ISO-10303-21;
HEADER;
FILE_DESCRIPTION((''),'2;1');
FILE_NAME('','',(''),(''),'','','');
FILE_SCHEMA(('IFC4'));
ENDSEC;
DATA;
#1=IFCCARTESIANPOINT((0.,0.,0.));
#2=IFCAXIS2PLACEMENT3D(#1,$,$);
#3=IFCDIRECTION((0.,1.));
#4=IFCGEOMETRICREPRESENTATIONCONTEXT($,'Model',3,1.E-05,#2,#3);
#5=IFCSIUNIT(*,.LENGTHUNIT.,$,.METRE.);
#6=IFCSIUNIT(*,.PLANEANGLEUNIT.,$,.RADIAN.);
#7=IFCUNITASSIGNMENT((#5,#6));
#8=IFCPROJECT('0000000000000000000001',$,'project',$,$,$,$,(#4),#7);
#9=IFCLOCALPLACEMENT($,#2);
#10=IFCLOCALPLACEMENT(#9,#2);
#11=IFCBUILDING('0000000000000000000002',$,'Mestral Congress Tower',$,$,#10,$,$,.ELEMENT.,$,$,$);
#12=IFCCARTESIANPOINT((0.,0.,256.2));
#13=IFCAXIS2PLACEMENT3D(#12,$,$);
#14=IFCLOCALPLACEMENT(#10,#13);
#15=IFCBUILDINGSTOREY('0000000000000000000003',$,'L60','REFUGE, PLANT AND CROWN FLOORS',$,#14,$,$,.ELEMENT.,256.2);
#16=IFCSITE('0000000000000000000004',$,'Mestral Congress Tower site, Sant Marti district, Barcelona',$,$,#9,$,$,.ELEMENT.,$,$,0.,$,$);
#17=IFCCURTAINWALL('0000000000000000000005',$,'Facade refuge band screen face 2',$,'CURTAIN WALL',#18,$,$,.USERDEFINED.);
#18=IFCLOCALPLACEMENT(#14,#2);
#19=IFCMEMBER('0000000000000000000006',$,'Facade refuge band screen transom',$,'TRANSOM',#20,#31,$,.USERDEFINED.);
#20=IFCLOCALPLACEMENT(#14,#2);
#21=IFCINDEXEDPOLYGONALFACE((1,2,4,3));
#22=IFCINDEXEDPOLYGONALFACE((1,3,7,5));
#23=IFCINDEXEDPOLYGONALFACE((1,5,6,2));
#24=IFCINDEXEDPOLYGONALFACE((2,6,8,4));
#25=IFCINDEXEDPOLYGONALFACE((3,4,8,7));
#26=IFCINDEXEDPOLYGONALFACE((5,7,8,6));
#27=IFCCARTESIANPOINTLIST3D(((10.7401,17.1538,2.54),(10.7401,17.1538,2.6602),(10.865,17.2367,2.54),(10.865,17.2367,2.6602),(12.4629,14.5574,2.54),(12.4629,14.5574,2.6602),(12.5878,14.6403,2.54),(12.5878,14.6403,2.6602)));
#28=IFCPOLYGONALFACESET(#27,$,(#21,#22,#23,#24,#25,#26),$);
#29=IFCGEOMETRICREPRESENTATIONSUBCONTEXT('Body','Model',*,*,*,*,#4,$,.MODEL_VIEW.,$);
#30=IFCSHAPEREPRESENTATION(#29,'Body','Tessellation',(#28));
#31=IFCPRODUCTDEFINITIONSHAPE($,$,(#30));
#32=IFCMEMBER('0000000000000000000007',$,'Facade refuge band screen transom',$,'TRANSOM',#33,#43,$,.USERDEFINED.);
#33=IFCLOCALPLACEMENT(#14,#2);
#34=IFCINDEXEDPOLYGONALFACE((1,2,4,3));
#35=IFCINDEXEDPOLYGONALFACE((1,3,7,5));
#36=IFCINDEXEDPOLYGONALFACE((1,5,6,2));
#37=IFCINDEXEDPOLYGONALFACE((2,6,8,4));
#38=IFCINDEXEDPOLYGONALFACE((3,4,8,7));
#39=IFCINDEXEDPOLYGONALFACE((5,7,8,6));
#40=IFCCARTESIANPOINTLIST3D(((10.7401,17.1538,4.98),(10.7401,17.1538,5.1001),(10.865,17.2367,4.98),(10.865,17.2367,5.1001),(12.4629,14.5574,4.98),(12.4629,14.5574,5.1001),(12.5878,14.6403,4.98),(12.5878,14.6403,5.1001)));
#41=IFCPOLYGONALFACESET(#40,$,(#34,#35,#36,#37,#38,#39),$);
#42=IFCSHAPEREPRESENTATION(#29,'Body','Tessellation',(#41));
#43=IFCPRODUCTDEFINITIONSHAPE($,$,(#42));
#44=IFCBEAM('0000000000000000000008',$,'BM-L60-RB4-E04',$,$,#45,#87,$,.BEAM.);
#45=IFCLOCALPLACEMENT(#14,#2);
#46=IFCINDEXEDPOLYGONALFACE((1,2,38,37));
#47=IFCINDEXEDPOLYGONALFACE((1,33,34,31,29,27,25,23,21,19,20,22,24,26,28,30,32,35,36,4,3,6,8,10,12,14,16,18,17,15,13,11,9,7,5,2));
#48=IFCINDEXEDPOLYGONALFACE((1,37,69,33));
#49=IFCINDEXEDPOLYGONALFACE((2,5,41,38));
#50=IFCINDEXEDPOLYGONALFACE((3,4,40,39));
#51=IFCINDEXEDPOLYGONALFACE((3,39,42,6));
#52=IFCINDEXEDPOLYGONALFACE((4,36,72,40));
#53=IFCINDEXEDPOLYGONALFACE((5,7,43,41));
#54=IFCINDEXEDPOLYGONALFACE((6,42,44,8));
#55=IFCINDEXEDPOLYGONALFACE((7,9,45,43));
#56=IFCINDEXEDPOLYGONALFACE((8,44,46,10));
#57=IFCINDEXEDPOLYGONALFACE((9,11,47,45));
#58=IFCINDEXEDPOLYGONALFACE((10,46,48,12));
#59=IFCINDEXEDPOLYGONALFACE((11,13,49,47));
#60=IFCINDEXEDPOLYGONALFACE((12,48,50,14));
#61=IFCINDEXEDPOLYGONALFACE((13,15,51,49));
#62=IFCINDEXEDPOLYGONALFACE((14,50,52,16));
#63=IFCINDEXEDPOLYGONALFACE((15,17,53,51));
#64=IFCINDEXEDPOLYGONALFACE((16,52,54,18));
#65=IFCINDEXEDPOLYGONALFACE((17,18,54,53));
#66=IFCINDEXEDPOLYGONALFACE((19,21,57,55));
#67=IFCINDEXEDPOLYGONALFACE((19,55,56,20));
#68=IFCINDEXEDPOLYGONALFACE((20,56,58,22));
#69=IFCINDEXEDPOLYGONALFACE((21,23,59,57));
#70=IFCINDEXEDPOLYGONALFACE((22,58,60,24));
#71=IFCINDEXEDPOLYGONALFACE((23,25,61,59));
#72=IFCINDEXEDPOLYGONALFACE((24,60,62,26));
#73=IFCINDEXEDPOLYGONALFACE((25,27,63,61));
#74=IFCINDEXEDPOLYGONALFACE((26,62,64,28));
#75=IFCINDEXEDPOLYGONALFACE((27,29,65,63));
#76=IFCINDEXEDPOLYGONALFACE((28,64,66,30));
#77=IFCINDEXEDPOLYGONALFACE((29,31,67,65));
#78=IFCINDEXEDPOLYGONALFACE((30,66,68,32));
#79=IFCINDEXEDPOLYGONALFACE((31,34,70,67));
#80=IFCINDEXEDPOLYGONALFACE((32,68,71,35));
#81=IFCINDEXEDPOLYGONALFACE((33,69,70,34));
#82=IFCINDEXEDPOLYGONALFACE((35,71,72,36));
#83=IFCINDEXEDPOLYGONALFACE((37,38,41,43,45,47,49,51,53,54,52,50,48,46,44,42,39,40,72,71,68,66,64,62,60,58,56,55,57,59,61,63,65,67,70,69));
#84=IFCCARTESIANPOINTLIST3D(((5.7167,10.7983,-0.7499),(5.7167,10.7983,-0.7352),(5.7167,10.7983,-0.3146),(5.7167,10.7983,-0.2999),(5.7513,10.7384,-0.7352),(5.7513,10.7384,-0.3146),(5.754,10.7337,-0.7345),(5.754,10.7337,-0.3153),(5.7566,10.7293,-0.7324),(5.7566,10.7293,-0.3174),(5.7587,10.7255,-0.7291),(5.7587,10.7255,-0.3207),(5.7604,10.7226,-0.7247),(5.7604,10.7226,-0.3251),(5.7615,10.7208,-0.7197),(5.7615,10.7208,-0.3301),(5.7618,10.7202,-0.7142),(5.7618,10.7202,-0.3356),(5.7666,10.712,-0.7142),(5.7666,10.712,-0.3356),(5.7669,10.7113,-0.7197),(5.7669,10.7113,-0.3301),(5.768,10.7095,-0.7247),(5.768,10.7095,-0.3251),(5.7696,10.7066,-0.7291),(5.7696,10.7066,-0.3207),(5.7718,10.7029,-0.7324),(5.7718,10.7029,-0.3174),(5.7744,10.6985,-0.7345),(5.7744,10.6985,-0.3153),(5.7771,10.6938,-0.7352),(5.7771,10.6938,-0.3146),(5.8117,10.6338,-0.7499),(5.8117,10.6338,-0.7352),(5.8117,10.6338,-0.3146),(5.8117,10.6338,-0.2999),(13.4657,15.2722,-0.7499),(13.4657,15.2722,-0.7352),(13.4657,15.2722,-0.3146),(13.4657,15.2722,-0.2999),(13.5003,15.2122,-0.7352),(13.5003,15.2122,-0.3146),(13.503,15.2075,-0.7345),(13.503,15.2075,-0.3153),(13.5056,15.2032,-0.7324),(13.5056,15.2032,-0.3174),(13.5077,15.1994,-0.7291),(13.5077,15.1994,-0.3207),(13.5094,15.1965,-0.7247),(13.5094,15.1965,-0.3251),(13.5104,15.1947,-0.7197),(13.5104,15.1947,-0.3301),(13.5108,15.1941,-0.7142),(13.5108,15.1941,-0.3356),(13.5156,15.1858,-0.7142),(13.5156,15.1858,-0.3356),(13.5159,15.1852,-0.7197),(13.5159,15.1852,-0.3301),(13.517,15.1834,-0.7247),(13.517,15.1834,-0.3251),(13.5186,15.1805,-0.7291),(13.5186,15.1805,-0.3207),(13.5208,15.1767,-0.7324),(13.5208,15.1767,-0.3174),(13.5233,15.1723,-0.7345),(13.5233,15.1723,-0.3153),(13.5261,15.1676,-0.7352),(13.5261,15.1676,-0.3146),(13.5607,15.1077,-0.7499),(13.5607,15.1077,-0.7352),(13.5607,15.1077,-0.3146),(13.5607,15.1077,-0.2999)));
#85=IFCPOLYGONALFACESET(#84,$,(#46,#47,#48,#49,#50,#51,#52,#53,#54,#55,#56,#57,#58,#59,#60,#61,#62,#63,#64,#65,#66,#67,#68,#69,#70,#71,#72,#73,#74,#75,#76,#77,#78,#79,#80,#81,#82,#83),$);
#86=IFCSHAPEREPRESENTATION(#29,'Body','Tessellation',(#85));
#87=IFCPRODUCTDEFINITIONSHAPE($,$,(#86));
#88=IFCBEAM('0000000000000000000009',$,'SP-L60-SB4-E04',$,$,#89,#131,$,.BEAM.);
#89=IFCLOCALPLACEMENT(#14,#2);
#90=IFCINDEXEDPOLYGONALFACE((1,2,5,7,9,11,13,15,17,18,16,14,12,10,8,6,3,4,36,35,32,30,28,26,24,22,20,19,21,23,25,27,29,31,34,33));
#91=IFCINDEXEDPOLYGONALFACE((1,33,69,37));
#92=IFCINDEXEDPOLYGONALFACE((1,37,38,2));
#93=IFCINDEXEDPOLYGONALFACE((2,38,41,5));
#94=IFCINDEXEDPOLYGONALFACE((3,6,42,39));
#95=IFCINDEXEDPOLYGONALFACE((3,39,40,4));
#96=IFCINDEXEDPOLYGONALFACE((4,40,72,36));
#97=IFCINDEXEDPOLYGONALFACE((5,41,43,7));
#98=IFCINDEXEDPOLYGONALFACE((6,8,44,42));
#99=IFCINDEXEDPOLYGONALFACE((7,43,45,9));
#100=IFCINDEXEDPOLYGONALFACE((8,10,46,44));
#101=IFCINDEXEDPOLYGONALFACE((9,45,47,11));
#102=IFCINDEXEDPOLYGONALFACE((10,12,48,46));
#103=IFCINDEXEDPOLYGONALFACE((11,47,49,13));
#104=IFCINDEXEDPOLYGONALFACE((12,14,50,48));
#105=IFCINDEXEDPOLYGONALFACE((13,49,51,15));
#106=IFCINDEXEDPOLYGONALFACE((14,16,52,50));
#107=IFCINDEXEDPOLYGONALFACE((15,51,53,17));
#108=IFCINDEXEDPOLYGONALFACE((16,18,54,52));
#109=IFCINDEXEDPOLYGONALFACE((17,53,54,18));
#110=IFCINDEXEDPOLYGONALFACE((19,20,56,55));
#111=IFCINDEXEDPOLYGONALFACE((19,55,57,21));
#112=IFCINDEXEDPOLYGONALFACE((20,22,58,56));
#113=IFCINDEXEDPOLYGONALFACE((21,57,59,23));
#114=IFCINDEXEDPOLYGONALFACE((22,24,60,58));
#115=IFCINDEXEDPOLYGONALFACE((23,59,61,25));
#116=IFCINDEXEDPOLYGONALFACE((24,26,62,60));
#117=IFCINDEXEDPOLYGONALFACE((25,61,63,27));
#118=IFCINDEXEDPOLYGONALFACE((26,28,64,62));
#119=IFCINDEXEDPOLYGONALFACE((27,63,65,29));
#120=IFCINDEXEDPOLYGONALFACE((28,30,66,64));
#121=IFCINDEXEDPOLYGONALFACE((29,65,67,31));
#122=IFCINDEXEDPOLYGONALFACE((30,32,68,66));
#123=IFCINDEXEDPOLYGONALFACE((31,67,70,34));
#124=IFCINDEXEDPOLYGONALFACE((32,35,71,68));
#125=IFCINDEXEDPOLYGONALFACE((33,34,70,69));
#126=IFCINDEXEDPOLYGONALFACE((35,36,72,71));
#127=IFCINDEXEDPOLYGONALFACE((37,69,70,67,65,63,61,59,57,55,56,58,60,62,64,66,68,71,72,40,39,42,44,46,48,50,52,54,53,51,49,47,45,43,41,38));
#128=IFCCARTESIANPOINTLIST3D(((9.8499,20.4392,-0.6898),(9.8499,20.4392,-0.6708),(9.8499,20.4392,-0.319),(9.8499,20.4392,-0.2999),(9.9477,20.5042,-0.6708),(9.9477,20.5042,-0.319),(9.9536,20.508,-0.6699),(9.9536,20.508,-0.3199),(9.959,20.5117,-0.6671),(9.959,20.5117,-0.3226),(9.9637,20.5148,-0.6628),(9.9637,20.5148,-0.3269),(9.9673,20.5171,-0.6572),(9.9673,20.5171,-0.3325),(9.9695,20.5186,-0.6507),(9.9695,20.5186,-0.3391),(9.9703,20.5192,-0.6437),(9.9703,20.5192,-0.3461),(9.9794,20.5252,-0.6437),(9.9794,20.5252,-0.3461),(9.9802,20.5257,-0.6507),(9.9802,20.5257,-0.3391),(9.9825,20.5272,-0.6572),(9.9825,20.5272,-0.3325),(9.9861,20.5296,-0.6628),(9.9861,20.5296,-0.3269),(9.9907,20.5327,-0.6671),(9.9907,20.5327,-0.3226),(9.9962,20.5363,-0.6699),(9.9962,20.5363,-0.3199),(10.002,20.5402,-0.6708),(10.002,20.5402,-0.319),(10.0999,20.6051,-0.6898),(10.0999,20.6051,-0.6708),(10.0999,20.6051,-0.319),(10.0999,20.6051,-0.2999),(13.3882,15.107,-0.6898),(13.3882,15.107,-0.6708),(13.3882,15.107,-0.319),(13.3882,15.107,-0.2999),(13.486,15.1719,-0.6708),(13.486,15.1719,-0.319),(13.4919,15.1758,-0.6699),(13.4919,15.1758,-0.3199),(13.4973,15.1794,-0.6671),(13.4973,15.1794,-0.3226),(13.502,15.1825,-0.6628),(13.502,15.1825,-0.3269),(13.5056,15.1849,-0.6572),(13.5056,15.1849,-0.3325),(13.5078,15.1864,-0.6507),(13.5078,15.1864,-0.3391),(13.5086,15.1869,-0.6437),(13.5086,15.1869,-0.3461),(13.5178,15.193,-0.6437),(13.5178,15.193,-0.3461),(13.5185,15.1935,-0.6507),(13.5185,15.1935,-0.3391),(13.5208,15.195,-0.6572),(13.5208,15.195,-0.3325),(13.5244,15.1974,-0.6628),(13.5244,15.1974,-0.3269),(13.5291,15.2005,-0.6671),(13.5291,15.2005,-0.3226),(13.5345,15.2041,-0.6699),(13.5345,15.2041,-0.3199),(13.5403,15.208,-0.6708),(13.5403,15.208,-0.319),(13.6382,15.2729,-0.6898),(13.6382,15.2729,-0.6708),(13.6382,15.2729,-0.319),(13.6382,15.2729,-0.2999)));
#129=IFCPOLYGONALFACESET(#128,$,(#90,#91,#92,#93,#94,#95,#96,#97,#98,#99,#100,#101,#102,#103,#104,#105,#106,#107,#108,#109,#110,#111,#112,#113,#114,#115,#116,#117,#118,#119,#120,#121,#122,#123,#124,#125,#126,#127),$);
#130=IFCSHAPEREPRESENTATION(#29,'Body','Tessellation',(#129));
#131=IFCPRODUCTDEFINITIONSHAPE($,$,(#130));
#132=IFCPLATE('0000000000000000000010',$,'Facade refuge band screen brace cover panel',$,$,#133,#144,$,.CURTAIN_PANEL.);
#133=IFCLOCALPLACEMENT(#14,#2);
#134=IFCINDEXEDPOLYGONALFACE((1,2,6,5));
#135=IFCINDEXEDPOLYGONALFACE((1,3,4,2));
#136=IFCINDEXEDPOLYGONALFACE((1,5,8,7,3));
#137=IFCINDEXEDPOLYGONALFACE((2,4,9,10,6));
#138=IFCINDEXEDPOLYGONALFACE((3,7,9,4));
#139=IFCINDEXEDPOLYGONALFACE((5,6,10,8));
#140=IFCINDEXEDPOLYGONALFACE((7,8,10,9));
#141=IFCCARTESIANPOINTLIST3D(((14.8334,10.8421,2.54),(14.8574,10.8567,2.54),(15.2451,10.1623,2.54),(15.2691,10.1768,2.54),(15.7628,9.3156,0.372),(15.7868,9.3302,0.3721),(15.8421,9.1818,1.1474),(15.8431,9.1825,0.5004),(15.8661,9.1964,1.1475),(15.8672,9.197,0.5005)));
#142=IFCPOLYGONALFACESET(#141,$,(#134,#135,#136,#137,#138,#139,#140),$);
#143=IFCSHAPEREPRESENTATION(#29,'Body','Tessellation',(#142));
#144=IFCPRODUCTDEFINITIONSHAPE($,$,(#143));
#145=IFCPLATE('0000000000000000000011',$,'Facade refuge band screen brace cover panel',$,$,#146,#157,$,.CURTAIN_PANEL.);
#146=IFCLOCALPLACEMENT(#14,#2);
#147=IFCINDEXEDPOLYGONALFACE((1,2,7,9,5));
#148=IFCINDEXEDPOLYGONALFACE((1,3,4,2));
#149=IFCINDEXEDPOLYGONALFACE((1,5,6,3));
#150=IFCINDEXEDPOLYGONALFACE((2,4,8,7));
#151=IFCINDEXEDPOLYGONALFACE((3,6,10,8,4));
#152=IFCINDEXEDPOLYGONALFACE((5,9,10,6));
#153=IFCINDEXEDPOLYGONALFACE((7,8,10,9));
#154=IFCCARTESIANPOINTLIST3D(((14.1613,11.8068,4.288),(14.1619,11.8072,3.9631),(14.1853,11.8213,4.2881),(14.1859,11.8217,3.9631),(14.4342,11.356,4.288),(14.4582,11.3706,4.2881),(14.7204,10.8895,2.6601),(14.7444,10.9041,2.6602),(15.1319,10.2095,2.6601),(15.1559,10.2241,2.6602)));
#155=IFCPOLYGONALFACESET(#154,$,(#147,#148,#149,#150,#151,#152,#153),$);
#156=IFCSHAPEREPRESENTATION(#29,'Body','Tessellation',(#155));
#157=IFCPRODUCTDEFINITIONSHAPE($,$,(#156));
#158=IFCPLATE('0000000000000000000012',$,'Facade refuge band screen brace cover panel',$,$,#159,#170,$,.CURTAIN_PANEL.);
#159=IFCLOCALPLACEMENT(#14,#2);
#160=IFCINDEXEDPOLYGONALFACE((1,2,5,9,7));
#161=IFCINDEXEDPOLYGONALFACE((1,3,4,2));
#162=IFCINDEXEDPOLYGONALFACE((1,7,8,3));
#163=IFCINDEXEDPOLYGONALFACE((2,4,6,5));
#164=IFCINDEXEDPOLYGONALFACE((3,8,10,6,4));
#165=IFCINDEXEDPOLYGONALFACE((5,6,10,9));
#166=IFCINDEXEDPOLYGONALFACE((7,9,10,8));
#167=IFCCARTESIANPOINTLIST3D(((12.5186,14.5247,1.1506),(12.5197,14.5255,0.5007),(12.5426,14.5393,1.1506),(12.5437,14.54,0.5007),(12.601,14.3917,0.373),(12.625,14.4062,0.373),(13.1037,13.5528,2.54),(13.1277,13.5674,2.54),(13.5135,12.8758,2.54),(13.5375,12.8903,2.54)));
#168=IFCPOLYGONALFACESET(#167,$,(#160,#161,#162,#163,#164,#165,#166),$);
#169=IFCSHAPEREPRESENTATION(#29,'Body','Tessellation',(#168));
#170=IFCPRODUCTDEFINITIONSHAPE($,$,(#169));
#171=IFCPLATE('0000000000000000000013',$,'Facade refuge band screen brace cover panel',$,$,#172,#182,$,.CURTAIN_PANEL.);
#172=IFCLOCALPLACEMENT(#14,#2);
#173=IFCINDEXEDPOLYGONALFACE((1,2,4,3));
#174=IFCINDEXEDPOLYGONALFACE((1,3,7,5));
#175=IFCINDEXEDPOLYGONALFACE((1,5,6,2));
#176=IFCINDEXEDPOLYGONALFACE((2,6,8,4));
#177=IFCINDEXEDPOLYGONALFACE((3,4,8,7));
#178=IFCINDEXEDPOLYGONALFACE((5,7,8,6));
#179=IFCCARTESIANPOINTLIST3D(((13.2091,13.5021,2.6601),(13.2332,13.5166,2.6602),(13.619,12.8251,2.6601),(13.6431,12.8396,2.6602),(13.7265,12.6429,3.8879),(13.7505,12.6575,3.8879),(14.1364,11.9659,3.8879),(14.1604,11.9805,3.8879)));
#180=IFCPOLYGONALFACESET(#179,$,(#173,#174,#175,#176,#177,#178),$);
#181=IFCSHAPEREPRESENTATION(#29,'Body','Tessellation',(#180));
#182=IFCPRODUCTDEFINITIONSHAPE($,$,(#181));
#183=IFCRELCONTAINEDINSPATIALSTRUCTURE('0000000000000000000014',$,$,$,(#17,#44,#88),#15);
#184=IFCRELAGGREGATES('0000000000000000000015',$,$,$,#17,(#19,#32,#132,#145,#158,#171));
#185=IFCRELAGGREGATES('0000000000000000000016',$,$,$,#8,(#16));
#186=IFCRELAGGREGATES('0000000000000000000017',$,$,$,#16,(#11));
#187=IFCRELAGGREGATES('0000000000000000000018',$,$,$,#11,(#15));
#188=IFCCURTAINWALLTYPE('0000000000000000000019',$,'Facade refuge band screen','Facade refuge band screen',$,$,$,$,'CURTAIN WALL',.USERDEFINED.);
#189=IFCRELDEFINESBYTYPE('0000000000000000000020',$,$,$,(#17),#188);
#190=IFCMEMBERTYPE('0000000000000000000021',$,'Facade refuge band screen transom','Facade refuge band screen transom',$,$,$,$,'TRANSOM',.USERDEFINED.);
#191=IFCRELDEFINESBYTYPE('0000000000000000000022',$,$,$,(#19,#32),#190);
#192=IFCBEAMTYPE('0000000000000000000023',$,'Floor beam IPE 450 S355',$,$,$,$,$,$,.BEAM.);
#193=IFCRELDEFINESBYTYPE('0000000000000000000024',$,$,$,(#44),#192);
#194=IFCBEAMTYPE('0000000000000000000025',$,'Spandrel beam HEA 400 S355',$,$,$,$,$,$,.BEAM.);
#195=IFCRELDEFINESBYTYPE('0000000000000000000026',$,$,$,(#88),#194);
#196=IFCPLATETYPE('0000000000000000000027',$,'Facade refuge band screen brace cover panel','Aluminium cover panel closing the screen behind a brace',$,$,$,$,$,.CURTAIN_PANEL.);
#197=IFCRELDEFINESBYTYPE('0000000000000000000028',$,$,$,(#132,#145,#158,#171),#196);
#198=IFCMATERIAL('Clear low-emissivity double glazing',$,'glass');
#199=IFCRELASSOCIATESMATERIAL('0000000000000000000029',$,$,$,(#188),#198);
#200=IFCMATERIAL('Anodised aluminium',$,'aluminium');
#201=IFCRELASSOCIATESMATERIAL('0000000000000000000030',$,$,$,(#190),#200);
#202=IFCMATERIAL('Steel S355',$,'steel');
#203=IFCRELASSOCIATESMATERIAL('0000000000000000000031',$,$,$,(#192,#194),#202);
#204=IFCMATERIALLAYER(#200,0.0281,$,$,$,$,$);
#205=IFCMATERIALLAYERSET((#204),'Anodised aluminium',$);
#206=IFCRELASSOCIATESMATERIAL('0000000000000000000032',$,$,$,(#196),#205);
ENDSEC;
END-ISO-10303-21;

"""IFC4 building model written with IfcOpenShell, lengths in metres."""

from ifc_helpers import new_model, si_unit, direction, frame, origin, origin_2d, place, context, subcontext, project, spatial, polyline, rectangle, i_section, outline, extrude, material, layer, layer_set, material_profile, profile_set, type_object, element, aggregate, save


model = new_model("IFC4")

# Units and contexts
model_context = context("Model", 3, precision=1e-05, world=origin(), true_north=direction((0.0, 1.0)))
body_context = subcontext(model_context, "Body", "Model", "MODEL_VIEW")
ifc_project = project(units=[si_unit("LENGTHUNIT", "METRE"), si_unit("PLANEANGLEUNIT", "RADIAN")], contexts=[model_context])

# Site, building, storey
site_placement = place(None, origin())
site = spatial("IfcSite", under=ifc_project, at=site_placement, Name="Mestral Congress Tower site, Sant Marti district, Barcelona", CompositionType="ELEMENT", RefElevation=0.0)
building_placement = place(site_placement, origin())
building = spatial("IfcBuilding", under=site, at=building_placement, Name="Mestral Congress Tower", CompositionType="ELEMENT")
storey_placement = place(building_placement, frame((0.0, 0.0, 256.2)))
storey = spatial("IfcBuildingStorey", under=building, at=storey_placement, Name="L60", Description="REFUGE, PLANT AND CROWN FLOORS", CompositionType="ELEMENT", Elevation=256.2)

# Shared definitions
ifc_material_1 = material(Name="Steel S355", Category="steel")

# Curtain wall, members
ifc_material_2 = material(Name="Clear low-emissivity double glazing", Category="glass")
curtain_wall_type = type_object("IfcCurtainWallType", Name="Facade refuge band screen", Description="Facade refuge band screen", ElementType="CURTAIN WALL", PredefinedType="USERDEFINED", material=ifc_material_2)
curtain_wall_placement = place(storey_placement, origin())
curtain_wall = element("IfcCurtainWall", 1, at=curtain_wall_placement, inside=storey, type_object=curtain_wall_type, Name="Facade refuge band screen face 2", ObjectType="CURTAIN WALL", PredefinedType="USERDEFINED")
ifc_material_3 = material(Name="Anodised aluminium", Category="aluminium")
ifc_material_profile_1 = material_profile(ifc_material_3, rectangle(XDim=0.1499, YDim=0.1201, at=origin_2d()), Name="CW3 transom 150 x 120")
ifc_profile_set_1 = profile_set([ifc_material_profile_1], Name="Anodised aluminium")
member_type_1 = type_object("IfcMemberType", Name="Facade refuge band screen transom", Description="Facade refuge band screen transom", ElementType="TRANSOM", PredefinedType="USERDEFINED", material=ifc_profile_set_1)
member_1_placement = place(storey_placement, frame((12.5254, 14.5989, 2.6001), z_axis=(-0.552909, 0.833242, 0.0), x_axis=(-0.833242, -0.552909, 0.0)))
member_1 = element("IfcMember", 2, at=member_1_placement, type_object=member_type_1, Name="Facade refuge band screen transom", ObjectType="TRANSOM", PredefinedType="USERDEFINED", context=body_context, shape_type="SweptSolid", body=[
    extrude(rectangle(XDim=0.1499, YDim=0.1201, at=origin_2d()), origin(), (0.0, 0.0, 1.0), 3.116),
])
member_2_placement = place(storey_placement, frame((12.5254, 14.5989, 5.04), z_axis=(-0.552909, 0.833242, 0.0), x_axis=(-0.833242, -0.552909, 0.0)))
member_2 = element("IfcMember", 3, at=member_2_placement, type_object=member_type_1, Name="Facade refuge band screen transom", ObjectType="TRANSOM", PredefinedType="USERDEFINED", context=body_context, shape_type="SweptSolid", body=[
    extrude(rectangle(XDim=0.1499, YDim=0.1201, at=origin_2d()), origin(), (0.0, 0.0, 1.0), 3.116),
])

# Beams
ifc_material_profile_2 = material_profile(ifc_material_1, i_section(OverallWidth=0.1899, OverallDepth=0.45, WebThickness=0.0095, FlangeThickness=0.0146, FilletRadius=0.021, at=origin_2d()), Name="IPE 450")
ifc_profile_set_2 = profile_set([ifc_material_profile_2], Name="Steel S355")
beam_type_1 = type_object("IfcBeamType", Name="Floor beam IPE 450 S355", PredefinedType="BEAM", material=ifc_profile_set_2)
beam_1_placement = place(storey_placement, frame((13.5132, 15.1899, -0.5249), z_axis=(-0.866027, -0.499998, 0.0), x_axis=(0.499998, -0.866027, 0.0)))
element("IfcBeam", 4, at=beam_1_placement, inside=storey, type_object=beam_type_1, Name="BM-L60-RB4-E04", PredefinedType="BEAM", context=body_context, shape_type="SweptSolid", body=[
    extrude(i_section(OverallWidth=0.1899, OverallDepth=0.45, WebThickness=0.0095, FlangeThickness=0.0146, FilletRadius=0.021, at=origin_2d()), origin(), (0.0, 0.0, 1.0), 8.9478),
])
ifc_material_profile_3 = material_profile(ifc_material_1, i_section(OverallWidth=0.3, OverallDepth=0.3899, WebThickness=0.011, FlangeThickness=0.019, FilletRadius=0.0271, at=origin_2d()), Name="HEA 400")
ifc_profile_set_3 = profile_set([ifc_material_profile_3], Name="Steel S355")
beam_type_2 = type_object("IfcBeamType", Name="Spandrel beam HEA 400 S355", PredefinedType="BEAM", material=ifc_profile_set_3)
beam_2_placement = place(storey_placement, frame((13.5132, 15.1899, -0.4949), z_axis=(-0.552912, 0.83324, 0.0), x_axis=(-0.83324, -0.552912, 0.0)))
element("IfcBeam", 5, at=beam_2_placement, inside=storey, type_object=beam_type_2, Name="SP-L60-SB4-E04", PredefinedType="BEAM", context=body_context, shape_type="SweptSolid", body=[
    extrude(i_section(OverallWidth=0.3, OverallDepth=0.3899, WebThickness=0.011, FlangeThickness=0.019, FilletRadius=0.0271, at=origin_2d()), origin(), (0.0, 0.0, 1.0), 6.3994),
])

# Plates
ifc_layer_1 = layer(ifc_material_3, 0.0281)
ifc_layer_set_1 = layer_set([ifc_layer_1], Name="Anodised aluminium")
plate_type_1 = type_object("IfcPlateType", Name="Facade refuge band screen brace cover panel", Description="Aluminium cover panel closing the screen behind a brace", PredefinedType="CURTAIN_PANEL", material=ifc_layer_set_1)
plate_1_placement = place(storey_placement, frame((14.8574, 10.8567, 2.54), z_axis=(0.855371, 0.518012, 0.001943), x_axis=(0.330782, -0.543311, -0.77162)))
plate_1 = element("IfcPlate", 6, at=plate_1_placement, type_object=plate_type_1, Name="Facade refuge band screen brace cover panel", PredefinedType="CURTAIN_PANEL", context=body_context, shape_type="SweptSolid", body=[
    extrude(outline(polyline([(0.0, 0.0), (2.8096, 0.0), (2.8095, -0.2017), (2.3103, -0.6132), (0.5056, -0.6133), (0.0, 0.0)])), origin(), (0.0, 0.0, -1.0), 0.0281),
])
plate_2_placement = place(storey_placement, frame((14.7444, 10.9041, 2.6602), z_axis=(0.855497, 0.517803, 0.002024), x_axis=(0.517804, -0.855499, 0.0)))
plate_2 = element("IfcPlate", 7, at=plate_2_placement, type_object=plate_type_1, Name="Facade refuge band screen brace cover panel", PredefinedType="CURTAIN_PANEL", context=body_context, shape_type="SweptSolid", body=[
    extrude(outline(polyline([(0.0, 0.0), (0.7948, 0.0), (-0.5473, -1.6279), (-1.0742, -1.6279), (-1.0742, -1.303), (0.0, 0.0)])), origin(), (0.0, 0.0, -1.0), 0.0281),
])
plate_3_placement = place(storey_placement, frame((12.5437, 14.54, 0.5007), z_axis=(0.855469, 0.51785, 0.002011), x_axis=(0.402388, -0.662276, -0.63204)))
plate_3 = element("IfcPlate", 8, at=plate_3_placement, type_object=plate_type_1, Name="Facade refuge band screen brace cover panel", PredefinedType="CURTAIN_PANEL", context=body_context, shape_type="SweptSolid", body=[
    extrude(outline(polyline([(0.0, 0.0), (0.202, 0.0), (0.2035, -2.7976), (-0.4098, -2.2974), (-0.4107, -0.5037), (0.0, 0.0)])), origin(), (0.0, 0.0, -1.0), 0.0281),
])
plate_4_placement = place(storey_placement, frame((13.6431, 12.8396, 2.6602), z_axis=(0.855416, 0.517938, 0.001988), x_axis=(0.326331, -0.541934, 0.774478)))
plate_4 = element("IfcPlate", 9, at=plate_4_placement, type_object=plate_type_1, Name="Facade refuge band screen brace cover panel", PredefinedType="CURTAIN_PANEL", context=body_context, shape_type="SweptSolid", body=[
    extrude(outline(polyline([(0.0, 0.0), (1.5853, 0.0), (1.0846, -0.6129), (-0.5007, -0.6129), (0.0, 0.0)])), origin(), (0.0, 0.0, -1.0), 0.0281),
])
aggregate(curtain_wall, [member_1, member_2, plate_1, plate_2, plate_3, plate_4])

save(model, "model.ifc")
